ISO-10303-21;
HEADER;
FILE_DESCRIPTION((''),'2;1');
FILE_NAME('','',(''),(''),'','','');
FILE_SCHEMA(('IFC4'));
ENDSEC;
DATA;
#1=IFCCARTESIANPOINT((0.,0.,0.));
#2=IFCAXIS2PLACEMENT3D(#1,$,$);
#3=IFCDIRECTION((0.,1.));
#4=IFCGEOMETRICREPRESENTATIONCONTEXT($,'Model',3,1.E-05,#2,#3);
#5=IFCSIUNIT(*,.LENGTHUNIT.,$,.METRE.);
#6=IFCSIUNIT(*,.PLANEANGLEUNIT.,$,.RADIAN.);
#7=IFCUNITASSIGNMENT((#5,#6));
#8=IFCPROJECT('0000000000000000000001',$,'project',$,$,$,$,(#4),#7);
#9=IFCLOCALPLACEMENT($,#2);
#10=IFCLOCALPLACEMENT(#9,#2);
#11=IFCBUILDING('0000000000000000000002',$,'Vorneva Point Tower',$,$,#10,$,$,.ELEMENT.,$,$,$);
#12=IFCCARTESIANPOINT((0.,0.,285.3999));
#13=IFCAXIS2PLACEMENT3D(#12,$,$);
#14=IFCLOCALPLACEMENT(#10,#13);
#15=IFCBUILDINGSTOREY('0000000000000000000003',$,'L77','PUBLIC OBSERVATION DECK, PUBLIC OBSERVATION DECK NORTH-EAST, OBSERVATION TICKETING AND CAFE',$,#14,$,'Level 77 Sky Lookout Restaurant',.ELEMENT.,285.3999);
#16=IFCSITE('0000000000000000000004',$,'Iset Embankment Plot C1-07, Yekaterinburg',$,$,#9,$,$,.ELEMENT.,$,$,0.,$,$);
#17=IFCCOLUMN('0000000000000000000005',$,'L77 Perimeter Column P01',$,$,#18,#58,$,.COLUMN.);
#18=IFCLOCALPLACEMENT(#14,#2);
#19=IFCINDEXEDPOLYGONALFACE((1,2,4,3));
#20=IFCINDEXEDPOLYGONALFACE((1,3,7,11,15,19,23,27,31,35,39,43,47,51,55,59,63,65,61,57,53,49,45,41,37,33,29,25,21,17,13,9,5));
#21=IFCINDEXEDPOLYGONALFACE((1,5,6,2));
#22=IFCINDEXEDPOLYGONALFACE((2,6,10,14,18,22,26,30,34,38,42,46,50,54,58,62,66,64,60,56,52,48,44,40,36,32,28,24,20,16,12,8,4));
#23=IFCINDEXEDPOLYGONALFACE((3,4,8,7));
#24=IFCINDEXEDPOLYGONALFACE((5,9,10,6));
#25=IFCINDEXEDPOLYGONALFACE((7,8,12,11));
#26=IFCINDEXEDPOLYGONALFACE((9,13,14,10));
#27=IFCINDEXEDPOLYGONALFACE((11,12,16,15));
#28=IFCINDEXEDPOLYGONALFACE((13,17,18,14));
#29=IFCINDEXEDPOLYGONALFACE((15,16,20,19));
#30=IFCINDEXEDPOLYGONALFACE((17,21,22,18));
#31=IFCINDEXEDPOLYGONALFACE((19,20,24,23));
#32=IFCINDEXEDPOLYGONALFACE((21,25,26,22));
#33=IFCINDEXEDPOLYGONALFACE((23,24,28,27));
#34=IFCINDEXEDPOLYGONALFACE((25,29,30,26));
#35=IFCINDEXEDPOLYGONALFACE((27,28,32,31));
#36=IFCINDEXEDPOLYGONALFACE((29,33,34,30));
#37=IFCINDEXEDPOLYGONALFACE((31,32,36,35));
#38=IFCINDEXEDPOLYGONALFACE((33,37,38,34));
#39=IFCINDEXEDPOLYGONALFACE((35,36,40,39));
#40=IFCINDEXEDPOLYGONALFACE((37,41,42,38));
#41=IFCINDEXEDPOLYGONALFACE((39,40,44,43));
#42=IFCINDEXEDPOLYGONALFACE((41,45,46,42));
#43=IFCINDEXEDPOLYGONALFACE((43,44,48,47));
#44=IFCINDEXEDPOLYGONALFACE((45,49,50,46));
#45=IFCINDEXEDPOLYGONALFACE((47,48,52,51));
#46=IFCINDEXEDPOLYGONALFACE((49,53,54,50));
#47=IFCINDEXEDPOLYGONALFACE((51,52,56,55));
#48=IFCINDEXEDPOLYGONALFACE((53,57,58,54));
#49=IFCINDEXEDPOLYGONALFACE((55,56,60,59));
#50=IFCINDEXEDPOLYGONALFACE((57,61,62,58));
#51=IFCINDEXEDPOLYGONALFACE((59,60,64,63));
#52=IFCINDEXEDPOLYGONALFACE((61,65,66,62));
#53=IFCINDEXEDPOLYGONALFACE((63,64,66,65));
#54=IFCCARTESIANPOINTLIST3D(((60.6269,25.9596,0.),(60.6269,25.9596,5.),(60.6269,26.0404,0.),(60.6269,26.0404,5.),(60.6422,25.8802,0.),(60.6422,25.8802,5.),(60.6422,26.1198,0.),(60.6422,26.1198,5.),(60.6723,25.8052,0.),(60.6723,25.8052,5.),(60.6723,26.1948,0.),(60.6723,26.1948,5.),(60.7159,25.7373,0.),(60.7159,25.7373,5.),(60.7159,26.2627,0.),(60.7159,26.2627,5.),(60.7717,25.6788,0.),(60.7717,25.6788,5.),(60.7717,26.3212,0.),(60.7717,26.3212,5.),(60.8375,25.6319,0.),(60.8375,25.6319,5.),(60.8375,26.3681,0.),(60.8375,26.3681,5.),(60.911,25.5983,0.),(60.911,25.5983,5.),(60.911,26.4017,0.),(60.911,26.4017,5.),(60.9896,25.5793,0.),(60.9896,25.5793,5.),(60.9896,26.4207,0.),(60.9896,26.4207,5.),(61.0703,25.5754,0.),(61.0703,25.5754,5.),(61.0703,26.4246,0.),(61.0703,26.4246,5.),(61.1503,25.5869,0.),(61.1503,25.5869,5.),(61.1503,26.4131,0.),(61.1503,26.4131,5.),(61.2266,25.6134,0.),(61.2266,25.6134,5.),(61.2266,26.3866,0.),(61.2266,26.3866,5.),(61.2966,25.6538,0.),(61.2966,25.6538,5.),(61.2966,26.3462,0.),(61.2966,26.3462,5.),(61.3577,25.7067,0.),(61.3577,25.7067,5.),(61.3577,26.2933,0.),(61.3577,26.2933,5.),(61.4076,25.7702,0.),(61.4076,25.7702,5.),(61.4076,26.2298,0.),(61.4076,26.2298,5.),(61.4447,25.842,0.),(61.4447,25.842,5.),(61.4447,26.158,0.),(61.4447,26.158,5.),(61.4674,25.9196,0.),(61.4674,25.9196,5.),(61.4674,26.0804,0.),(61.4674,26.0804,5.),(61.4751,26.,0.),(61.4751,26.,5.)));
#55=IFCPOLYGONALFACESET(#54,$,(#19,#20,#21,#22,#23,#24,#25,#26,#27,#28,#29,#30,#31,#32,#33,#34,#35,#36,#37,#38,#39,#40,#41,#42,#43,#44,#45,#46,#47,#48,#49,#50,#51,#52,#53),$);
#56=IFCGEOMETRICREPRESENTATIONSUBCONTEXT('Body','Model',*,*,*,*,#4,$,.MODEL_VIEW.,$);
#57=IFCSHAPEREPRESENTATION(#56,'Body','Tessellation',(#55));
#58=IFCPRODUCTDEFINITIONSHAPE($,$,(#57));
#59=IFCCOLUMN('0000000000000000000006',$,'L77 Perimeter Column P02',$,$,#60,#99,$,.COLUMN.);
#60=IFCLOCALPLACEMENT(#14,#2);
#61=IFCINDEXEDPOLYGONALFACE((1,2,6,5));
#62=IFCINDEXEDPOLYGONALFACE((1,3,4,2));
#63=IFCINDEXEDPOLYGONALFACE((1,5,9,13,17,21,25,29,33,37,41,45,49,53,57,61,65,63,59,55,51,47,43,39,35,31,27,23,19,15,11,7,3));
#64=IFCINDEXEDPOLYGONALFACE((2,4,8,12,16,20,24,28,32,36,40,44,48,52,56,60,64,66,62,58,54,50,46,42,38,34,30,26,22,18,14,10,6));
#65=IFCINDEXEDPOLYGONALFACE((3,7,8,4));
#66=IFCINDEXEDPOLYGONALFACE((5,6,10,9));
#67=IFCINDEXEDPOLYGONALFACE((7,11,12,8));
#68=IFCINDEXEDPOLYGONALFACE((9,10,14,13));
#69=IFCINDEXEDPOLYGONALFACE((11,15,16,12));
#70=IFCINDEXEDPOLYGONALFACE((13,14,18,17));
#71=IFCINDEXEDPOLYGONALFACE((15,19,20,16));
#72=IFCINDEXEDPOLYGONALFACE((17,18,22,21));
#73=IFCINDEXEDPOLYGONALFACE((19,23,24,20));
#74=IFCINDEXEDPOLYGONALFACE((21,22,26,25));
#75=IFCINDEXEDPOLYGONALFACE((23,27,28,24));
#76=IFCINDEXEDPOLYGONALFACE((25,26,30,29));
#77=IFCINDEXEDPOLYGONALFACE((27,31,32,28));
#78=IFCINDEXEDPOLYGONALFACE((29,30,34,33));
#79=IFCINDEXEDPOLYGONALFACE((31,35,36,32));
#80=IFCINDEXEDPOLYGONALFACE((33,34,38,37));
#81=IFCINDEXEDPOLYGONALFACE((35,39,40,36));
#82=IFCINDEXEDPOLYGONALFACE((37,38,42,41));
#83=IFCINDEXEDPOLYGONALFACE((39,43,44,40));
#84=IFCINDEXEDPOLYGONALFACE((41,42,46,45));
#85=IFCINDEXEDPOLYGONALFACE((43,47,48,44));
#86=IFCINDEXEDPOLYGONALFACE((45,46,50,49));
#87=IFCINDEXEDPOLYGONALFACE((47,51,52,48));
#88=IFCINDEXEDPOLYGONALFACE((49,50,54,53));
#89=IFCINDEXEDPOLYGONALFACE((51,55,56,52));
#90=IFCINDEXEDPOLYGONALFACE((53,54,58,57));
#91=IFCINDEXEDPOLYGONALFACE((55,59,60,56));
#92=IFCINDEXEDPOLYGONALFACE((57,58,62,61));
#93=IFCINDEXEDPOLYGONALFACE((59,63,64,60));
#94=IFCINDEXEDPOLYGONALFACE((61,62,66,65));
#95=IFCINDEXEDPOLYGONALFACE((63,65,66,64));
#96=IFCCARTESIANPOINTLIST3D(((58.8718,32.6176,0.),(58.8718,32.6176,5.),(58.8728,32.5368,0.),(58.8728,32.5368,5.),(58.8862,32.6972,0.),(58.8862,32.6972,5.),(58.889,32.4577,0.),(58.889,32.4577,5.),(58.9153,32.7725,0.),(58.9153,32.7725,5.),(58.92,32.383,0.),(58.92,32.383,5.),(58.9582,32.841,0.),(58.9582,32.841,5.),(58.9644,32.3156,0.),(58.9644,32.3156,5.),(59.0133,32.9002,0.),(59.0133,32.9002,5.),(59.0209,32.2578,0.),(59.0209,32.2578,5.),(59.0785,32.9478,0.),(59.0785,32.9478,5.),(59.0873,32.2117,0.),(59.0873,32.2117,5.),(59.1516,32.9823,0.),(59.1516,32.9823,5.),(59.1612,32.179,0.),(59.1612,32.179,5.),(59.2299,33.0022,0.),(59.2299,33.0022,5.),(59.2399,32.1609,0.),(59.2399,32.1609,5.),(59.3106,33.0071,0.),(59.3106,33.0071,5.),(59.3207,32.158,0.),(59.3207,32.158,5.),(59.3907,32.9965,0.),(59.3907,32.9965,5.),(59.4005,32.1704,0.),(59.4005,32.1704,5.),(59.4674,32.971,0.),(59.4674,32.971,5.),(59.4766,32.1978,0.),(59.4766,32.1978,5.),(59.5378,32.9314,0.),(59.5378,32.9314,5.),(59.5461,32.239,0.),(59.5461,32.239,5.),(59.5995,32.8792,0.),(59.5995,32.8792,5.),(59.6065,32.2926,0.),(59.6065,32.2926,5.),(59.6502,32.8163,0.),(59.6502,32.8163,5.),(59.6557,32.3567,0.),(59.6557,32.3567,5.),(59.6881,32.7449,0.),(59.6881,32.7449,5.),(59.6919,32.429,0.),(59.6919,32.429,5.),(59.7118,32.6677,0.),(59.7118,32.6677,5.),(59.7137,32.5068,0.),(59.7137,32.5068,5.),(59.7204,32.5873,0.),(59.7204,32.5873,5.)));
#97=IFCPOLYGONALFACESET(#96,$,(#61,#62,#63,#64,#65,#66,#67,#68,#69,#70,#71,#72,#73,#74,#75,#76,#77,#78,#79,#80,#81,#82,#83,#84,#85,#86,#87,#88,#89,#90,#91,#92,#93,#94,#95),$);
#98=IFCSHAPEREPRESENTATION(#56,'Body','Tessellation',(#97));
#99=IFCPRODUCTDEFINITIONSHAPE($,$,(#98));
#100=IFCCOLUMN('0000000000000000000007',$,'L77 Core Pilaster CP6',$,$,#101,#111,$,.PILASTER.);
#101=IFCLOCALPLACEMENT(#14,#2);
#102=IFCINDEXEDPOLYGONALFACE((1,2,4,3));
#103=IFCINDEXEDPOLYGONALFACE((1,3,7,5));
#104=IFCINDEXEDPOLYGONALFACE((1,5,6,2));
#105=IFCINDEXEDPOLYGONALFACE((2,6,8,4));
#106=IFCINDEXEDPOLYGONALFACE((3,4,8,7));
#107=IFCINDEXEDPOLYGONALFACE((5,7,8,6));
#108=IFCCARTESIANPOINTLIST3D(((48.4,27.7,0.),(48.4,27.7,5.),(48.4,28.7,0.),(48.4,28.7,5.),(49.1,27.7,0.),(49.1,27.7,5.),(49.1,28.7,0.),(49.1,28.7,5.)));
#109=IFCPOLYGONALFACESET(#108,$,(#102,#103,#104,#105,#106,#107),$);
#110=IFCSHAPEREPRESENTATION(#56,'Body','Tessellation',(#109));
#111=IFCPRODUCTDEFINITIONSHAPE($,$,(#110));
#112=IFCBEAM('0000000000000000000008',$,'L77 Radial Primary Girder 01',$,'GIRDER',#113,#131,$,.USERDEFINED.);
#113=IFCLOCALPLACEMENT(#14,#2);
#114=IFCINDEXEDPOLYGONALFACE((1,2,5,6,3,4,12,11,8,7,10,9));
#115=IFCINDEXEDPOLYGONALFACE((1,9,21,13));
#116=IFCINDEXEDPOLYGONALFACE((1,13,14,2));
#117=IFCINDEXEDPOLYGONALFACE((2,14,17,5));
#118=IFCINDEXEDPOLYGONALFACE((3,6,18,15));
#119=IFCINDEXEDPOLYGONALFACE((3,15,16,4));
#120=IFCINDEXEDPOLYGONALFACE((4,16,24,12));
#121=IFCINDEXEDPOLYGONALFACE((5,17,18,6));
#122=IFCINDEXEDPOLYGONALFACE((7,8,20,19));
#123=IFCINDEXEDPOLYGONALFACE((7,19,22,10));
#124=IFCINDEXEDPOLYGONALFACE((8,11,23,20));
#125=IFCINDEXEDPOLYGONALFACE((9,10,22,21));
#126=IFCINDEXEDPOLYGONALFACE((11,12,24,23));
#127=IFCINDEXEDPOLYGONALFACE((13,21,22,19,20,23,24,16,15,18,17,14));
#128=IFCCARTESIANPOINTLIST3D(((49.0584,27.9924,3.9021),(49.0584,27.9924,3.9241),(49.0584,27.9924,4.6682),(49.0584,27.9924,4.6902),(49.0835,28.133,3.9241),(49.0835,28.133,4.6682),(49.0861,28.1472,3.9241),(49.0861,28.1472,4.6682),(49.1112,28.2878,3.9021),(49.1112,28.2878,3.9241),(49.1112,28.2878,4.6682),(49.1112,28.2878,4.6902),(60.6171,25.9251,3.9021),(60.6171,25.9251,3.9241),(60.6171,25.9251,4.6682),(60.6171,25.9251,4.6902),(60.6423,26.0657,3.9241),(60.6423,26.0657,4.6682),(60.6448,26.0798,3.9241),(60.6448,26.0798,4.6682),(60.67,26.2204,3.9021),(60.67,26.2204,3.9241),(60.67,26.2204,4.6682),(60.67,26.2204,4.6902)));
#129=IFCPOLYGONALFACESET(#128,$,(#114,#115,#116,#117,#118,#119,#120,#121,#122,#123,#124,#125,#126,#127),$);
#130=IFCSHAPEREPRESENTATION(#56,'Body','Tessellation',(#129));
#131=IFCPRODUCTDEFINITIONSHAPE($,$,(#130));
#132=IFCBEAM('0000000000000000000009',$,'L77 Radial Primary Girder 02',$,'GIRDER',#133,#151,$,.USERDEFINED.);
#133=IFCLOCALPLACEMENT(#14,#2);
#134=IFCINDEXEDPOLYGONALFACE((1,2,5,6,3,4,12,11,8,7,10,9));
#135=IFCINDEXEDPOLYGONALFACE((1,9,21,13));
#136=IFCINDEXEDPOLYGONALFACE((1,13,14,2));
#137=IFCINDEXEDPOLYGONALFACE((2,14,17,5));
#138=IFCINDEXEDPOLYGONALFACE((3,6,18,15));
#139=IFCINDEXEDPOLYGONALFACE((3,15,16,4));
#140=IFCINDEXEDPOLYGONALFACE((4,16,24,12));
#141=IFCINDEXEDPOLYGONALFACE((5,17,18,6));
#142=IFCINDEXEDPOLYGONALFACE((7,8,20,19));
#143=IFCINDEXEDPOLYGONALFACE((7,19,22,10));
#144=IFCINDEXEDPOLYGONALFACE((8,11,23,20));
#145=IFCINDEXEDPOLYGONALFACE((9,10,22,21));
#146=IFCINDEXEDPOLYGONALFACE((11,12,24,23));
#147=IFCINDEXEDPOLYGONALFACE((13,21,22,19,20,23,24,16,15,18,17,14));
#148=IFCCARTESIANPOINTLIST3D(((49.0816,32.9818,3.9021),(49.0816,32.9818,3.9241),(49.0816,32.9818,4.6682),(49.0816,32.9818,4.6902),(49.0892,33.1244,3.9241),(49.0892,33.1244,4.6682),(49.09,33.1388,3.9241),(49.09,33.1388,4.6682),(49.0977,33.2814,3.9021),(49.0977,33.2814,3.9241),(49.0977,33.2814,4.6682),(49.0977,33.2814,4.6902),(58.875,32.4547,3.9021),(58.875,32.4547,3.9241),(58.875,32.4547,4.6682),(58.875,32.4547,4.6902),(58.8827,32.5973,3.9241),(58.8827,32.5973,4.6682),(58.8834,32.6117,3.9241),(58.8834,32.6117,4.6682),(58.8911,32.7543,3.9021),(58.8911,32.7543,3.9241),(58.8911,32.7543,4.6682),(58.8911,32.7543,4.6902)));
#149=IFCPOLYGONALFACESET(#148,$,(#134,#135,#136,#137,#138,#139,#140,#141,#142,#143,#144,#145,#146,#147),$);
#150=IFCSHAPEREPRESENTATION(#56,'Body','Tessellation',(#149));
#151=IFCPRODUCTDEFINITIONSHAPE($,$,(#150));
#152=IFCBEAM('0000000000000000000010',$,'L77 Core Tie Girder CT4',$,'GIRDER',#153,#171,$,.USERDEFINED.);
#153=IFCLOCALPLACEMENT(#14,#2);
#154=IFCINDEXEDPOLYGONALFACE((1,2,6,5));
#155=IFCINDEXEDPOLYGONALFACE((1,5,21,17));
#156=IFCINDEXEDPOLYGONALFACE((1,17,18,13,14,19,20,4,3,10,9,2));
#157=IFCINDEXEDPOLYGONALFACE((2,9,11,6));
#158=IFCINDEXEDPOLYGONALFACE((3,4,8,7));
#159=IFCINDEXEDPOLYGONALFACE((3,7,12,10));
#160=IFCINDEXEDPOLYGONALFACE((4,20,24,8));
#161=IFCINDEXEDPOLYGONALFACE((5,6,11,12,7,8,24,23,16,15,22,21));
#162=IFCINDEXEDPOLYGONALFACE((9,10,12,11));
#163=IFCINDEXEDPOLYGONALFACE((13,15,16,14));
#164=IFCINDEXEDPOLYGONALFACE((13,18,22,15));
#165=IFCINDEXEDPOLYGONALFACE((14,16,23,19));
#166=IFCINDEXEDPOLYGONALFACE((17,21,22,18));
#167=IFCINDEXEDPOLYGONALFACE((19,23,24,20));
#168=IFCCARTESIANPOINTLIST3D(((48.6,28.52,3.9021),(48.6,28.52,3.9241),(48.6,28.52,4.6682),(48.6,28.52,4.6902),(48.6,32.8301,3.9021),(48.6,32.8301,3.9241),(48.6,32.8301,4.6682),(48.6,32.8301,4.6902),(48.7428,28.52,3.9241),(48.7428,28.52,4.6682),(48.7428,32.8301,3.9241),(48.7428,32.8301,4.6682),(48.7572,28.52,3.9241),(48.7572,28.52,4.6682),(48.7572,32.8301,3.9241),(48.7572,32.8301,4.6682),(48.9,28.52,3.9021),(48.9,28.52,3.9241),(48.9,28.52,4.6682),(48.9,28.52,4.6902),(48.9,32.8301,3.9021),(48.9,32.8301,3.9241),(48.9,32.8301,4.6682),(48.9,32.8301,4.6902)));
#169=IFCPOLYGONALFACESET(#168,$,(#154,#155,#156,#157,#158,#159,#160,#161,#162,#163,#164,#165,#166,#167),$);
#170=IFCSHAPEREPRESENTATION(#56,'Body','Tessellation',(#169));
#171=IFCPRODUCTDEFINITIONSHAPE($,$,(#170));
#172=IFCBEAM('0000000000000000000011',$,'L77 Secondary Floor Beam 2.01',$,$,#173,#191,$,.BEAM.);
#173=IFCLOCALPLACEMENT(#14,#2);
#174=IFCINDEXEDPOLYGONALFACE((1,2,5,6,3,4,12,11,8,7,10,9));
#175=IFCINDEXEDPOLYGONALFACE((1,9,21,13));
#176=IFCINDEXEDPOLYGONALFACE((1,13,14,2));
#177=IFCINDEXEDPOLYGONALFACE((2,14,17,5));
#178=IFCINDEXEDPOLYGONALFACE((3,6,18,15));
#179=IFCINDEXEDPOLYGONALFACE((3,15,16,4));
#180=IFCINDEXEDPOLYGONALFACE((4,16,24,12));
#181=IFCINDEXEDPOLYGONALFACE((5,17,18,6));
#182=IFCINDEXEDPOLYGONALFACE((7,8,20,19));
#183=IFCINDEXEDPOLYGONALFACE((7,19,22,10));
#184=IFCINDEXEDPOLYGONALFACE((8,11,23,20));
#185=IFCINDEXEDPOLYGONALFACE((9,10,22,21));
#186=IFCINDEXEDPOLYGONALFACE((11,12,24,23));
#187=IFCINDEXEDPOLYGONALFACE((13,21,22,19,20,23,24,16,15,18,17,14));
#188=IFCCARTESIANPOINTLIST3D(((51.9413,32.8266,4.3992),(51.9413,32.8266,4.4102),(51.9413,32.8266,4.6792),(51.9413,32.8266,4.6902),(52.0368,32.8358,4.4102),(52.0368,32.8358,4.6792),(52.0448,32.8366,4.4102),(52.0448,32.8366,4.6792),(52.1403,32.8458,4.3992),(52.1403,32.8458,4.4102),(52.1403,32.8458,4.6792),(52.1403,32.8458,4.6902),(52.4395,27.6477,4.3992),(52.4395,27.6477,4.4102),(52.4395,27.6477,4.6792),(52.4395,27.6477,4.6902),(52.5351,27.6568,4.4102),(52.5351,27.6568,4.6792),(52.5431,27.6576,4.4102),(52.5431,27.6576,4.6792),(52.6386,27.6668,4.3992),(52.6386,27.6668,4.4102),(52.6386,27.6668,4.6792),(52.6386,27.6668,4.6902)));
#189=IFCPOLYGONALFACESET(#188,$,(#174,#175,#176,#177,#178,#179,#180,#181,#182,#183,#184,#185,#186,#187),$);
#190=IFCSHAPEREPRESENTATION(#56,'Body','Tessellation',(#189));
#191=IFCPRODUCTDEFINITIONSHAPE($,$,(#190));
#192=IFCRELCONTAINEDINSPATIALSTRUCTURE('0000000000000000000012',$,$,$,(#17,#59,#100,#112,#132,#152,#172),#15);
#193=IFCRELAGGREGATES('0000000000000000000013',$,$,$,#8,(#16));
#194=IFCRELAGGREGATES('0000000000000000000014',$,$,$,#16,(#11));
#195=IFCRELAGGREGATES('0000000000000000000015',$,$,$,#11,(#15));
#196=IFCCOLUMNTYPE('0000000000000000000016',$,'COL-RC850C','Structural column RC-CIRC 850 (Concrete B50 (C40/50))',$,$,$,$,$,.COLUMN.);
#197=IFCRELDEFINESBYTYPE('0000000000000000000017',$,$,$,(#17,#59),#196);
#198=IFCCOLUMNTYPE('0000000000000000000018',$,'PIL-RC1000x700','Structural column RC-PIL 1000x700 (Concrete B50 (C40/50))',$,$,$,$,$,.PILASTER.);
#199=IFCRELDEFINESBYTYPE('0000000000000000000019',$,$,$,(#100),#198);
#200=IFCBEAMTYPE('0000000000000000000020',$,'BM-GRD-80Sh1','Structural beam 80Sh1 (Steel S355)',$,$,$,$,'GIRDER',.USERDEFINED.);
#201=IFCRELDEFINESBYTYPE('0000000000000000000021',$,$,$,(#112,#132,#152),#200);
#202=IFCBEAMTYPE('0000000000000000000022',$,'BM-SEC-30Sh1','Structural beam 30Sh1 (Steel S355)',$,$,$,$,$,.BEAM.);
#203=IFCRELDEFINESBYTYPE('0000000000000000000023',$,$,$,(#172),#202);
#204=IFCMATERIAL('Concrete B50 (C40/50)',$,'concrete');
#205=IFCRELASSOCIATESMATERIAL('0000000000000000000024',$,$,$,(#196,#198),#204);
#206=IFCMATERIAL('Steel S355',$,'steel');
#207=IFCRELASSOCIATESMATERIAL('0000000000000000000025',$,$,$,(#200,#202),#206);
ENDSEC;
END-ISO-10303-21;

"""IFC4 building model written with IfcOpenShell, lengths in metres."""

from ifc_helpers import new_model, si_unit, direction, frame, origin, origin_2d, place, context, subcontext, project, spatial, rectangle, circle, i_section, extrude, material, material_profile, profile_set, type_object, element, save


model = new_model("IFC4")

# Units and contexts
model_context = context("Model", 3, precision=1e-05, world=origin(), true_north=direction((0.0, 1.0)))
body_context = subcontext(model_context, "Body", "Model", "MODEL_VIEW")
ifc_project = project(units=[si_unit("LENGTHUNIT", "METRE"), si_unit("PLANEANGLEUNIT", "RADIAN")], contexts=[model_context])

# Site, building, storey
site_placement = place(None, origin())
site = spatial("IfcSite", under=ifc_project, at=site_placement, Name="Iset Embankment Plot C1-07, Yekaterinburg", CompositionType="ELEMENT", RefElevation=0.0)
building_placement = place(site_placement, origin())
building = spatial("IfcBuilding", under=site, at=building_placement, Name="Vorneva Point Tower", CompositionType="ELEMENT")
storey_placement = place(building_placement, frame((0.0, 0.0, 285.3999)))
storey = spatial("IfcBuildingStorey", under=building, at=storey_placement, Name="L77", Description="PUBLIC OBSERVATION DECK, PUBLIC OBSERVATION DECK NORTH-EAST, OBSERVATION TICKETING AND CAFE", LongName="Level 77 Sky Lookout Restaurant", CompositionType="ELEMENT", Elevation=285.3999)

# Columns
ifc_material_1 = material(Name="Concrete B50 (C40/50)", Category="concrete")
ifc_material_profile_1 = material_profile(ifc_material_1, circle(Radius=0.425, at=origin_2d()), Name="RC-CIRC 850")
ifc_profile_set_1 = profile_set([ifc_material_profile_1], Name="Concrete B50 (C40/50)")
column_type_1 = type_object("IfcColumnType", Name="COL-RC850C", Description="Structural column RC-CIRC 850 (Concrete B50 (C40/50))", PredefinedType="COLUMN", material=ifc_profile_set_1)
for number, where, z_axis, x_axis, name in (
    (1, (61.05, 26.0, 0.0), (0.0, 0.0, 1.0), (1.0, 0.0, 0.0), "L77 Perimeter Column P01"),
    (2, (59.2954, 32.5823, 0.0), (0.0, 0.0, 1.0), (0.92388, 0.382683, 0.0), "L77 Perimeter Column P02"),
):
    element("IfcColumn", number, at=place(storey_placement, frame(where, z_axis=z_axis, x_axis=x_axis)), inside=storey, type_object=column_type_1, Name=name, PredefinedType="COLUMN", context=body_context, shape_type="SweptSolid", body=[
        extrude(circle(Radius=0.425, at=origin_2d()), origin(), (0.0, 0.0, 1.0), 5.0),
    ])
ifc_material_profile_2 = material_profile(ifc_material_1, rectangle(XDim=0.7, YDim=1.0, at=origin_2d()), Name="RC-PIL 1000x700")
ifc_profile_set_2 = profile_set([ifc_material_profile_2], Name="Concrete B50 (C40/50)")
column_type_2 = type_object("IfcColumnType", Name="PIL-RC1000x700", Description="Structural column RC-PIL 1000x700 (Concrete B50 (C40/50))", PredefinedType="PILASTER", material=ifc_profile_set_2)
column_placement = place(storey_placement, frame((48.75, 28.2, 0.0), z_axis=(0.0, 0.0, 1.0), x_axis=(1.0, 0.0, 0.0)))
element("IfcColumn", 3, at=column_placement, inside=storey, type_object=column_type_2, Name="L77 Core Pilaster CP6", PredefinedType="PILASTER", context=body_context, shape_type="SweptSolid", body=[
    extrude(rectangle(XDim=0.7, YDim=1.0, at=origin_2d()), origin(), (0.0, 0.0, 1.0), 5.0),
])

# Beams
ifc_material_2 = material(Name="Steel S355", Category="steel")
ifc_material_profile_3 = material_profile(ifc_material_2, i_section(OverallWidth=0.3, OverallDepth=0.7881, WebThickness=0.0144, FlangeThickness=0.022, at=origin_2d()), Name="80Sh1")
ifc_profile_set_3 = profile_set([ifc_material_profile_3], Name="Steel S355")
beam_type_1 = type_object("IfcBeamType", Name="BM-GRD-80Sh1", Description="Structural beam 80Sh1 (Steel S355)", ElementType="GIRDER", PredefinedType="USERDEFINED", material=ifc_profile_set_3)
beam_1_placement = place(storey_placement, frame((60.6436, 26.0728, 4.2961), z_axis=(-0.984379, 0.176063, 0.0), x_axis=(-0.176063, -0.984379, 0.0)))
element("IfcBeam", 4, at=beam_1_placement, inside=storey, type_object=beam_type_1, Name="L77 Radial Primary Girder 01", ObjectType="GIRDER", PredefinedType="USERDEFINED", context=body_context, shape_type="SweptSolid", body=[
    extrude(i_section(OverallWidth=0.3, OverallDepth=0.7881, WebThickness=0.0144, FlangeThickness=0.022, at=origin_2d()), origin(), (0.0, 0.0, 1.0), 11.7422),
])
beam_2_placement = place(storey_placement, frame((58.8831, 32.6045, 4.2961), z_axis=(-0.998555, 0.053744, 0.0), x_axis=(-0.053744, -0.998555, 0.0)))
element("IfcBeam", 5, at=beam_2_placement, inside=storey, type_object=beam_type_1, Name="L77 Radial Primary Girder 02", ObjectType="GIRDER", PredefinedType="USERDEFINED", context=body_context, shape_type="SweptSolid", body=[
    extrude(i_section(OverallWidth=0.3, OverallDepth=0.7881, WebThickness=0.0144, FlangeThickness=0.022, at=origin_2d()), origin(), (0.0, 0.0, 1.0), 9.8076),
])
beam_3_placement = place(storey_placement, frame((48.75, 28.52, 4.2961), z_axis=(0.0, 1.0, 0.0), x_axis=(-1.0, 0.0, 0.0)))
element("IfcBeam", 6, at=beam_3_placement, inside=storey, type_object=beam_type_1, Name="L77 Core Tie Girder CT4", ObjectType="GIRDER", PredefinedType="USERDEFINED", context=body_context, shape_type="SweptSolid", body=[
    extrude(i_section(OverallWidth=0.3, OverallDepth=0.7881, WebThickness=0.0144, FlangeThickness=0.022, at=origin_2d()), origin(), (0.0, 0.0, 1.0), 4.3101),
])
ifc_material_profile_4 = material_profile(ifc_material_2, i_section(OverallWidth=0.2, OverallDepth=0.291, WebThickness=0.0081, FlangeThickness=0.011, at=origin_2d()), Name="30Sh1")
ifc_profile_set_4 = profile_set([ifc_material_profile_4], Name="Steel S355")
beam_type_2 = type_object("IfcBeamType", Name="BM-SEC-30Sh1", Description="Structural beam 30Sh1 (Steel S355)", PredefinedType="BEAM", material=ifc_profile_set_4)
beam_4_placement = place(storey_placement, frame((52.5391, 27.6572, 4.5447), z_axis=(-0.095772, 0.995403, 0.0), x_axis=(-0.995403, -0.095772, 0.0)))
element("IfcBeam", 7, at=beam_4_placement, inside=storey, type_object=beam_type_2, Name="L77 Secondary Floor Beam 2.01", PredefinedType="BEAM", context=body_context, shape_type="SweptSolid", body=[
    extrude(i_section(OverallWidth=0.2, OverallDepth=0.291, WebThickness=0.0081, FlangeThickness=0.011, at=origin_2d()), origin(), (0.0, 0.0, 1.0), 5.2029),
])

save(model, "model.ifc")
